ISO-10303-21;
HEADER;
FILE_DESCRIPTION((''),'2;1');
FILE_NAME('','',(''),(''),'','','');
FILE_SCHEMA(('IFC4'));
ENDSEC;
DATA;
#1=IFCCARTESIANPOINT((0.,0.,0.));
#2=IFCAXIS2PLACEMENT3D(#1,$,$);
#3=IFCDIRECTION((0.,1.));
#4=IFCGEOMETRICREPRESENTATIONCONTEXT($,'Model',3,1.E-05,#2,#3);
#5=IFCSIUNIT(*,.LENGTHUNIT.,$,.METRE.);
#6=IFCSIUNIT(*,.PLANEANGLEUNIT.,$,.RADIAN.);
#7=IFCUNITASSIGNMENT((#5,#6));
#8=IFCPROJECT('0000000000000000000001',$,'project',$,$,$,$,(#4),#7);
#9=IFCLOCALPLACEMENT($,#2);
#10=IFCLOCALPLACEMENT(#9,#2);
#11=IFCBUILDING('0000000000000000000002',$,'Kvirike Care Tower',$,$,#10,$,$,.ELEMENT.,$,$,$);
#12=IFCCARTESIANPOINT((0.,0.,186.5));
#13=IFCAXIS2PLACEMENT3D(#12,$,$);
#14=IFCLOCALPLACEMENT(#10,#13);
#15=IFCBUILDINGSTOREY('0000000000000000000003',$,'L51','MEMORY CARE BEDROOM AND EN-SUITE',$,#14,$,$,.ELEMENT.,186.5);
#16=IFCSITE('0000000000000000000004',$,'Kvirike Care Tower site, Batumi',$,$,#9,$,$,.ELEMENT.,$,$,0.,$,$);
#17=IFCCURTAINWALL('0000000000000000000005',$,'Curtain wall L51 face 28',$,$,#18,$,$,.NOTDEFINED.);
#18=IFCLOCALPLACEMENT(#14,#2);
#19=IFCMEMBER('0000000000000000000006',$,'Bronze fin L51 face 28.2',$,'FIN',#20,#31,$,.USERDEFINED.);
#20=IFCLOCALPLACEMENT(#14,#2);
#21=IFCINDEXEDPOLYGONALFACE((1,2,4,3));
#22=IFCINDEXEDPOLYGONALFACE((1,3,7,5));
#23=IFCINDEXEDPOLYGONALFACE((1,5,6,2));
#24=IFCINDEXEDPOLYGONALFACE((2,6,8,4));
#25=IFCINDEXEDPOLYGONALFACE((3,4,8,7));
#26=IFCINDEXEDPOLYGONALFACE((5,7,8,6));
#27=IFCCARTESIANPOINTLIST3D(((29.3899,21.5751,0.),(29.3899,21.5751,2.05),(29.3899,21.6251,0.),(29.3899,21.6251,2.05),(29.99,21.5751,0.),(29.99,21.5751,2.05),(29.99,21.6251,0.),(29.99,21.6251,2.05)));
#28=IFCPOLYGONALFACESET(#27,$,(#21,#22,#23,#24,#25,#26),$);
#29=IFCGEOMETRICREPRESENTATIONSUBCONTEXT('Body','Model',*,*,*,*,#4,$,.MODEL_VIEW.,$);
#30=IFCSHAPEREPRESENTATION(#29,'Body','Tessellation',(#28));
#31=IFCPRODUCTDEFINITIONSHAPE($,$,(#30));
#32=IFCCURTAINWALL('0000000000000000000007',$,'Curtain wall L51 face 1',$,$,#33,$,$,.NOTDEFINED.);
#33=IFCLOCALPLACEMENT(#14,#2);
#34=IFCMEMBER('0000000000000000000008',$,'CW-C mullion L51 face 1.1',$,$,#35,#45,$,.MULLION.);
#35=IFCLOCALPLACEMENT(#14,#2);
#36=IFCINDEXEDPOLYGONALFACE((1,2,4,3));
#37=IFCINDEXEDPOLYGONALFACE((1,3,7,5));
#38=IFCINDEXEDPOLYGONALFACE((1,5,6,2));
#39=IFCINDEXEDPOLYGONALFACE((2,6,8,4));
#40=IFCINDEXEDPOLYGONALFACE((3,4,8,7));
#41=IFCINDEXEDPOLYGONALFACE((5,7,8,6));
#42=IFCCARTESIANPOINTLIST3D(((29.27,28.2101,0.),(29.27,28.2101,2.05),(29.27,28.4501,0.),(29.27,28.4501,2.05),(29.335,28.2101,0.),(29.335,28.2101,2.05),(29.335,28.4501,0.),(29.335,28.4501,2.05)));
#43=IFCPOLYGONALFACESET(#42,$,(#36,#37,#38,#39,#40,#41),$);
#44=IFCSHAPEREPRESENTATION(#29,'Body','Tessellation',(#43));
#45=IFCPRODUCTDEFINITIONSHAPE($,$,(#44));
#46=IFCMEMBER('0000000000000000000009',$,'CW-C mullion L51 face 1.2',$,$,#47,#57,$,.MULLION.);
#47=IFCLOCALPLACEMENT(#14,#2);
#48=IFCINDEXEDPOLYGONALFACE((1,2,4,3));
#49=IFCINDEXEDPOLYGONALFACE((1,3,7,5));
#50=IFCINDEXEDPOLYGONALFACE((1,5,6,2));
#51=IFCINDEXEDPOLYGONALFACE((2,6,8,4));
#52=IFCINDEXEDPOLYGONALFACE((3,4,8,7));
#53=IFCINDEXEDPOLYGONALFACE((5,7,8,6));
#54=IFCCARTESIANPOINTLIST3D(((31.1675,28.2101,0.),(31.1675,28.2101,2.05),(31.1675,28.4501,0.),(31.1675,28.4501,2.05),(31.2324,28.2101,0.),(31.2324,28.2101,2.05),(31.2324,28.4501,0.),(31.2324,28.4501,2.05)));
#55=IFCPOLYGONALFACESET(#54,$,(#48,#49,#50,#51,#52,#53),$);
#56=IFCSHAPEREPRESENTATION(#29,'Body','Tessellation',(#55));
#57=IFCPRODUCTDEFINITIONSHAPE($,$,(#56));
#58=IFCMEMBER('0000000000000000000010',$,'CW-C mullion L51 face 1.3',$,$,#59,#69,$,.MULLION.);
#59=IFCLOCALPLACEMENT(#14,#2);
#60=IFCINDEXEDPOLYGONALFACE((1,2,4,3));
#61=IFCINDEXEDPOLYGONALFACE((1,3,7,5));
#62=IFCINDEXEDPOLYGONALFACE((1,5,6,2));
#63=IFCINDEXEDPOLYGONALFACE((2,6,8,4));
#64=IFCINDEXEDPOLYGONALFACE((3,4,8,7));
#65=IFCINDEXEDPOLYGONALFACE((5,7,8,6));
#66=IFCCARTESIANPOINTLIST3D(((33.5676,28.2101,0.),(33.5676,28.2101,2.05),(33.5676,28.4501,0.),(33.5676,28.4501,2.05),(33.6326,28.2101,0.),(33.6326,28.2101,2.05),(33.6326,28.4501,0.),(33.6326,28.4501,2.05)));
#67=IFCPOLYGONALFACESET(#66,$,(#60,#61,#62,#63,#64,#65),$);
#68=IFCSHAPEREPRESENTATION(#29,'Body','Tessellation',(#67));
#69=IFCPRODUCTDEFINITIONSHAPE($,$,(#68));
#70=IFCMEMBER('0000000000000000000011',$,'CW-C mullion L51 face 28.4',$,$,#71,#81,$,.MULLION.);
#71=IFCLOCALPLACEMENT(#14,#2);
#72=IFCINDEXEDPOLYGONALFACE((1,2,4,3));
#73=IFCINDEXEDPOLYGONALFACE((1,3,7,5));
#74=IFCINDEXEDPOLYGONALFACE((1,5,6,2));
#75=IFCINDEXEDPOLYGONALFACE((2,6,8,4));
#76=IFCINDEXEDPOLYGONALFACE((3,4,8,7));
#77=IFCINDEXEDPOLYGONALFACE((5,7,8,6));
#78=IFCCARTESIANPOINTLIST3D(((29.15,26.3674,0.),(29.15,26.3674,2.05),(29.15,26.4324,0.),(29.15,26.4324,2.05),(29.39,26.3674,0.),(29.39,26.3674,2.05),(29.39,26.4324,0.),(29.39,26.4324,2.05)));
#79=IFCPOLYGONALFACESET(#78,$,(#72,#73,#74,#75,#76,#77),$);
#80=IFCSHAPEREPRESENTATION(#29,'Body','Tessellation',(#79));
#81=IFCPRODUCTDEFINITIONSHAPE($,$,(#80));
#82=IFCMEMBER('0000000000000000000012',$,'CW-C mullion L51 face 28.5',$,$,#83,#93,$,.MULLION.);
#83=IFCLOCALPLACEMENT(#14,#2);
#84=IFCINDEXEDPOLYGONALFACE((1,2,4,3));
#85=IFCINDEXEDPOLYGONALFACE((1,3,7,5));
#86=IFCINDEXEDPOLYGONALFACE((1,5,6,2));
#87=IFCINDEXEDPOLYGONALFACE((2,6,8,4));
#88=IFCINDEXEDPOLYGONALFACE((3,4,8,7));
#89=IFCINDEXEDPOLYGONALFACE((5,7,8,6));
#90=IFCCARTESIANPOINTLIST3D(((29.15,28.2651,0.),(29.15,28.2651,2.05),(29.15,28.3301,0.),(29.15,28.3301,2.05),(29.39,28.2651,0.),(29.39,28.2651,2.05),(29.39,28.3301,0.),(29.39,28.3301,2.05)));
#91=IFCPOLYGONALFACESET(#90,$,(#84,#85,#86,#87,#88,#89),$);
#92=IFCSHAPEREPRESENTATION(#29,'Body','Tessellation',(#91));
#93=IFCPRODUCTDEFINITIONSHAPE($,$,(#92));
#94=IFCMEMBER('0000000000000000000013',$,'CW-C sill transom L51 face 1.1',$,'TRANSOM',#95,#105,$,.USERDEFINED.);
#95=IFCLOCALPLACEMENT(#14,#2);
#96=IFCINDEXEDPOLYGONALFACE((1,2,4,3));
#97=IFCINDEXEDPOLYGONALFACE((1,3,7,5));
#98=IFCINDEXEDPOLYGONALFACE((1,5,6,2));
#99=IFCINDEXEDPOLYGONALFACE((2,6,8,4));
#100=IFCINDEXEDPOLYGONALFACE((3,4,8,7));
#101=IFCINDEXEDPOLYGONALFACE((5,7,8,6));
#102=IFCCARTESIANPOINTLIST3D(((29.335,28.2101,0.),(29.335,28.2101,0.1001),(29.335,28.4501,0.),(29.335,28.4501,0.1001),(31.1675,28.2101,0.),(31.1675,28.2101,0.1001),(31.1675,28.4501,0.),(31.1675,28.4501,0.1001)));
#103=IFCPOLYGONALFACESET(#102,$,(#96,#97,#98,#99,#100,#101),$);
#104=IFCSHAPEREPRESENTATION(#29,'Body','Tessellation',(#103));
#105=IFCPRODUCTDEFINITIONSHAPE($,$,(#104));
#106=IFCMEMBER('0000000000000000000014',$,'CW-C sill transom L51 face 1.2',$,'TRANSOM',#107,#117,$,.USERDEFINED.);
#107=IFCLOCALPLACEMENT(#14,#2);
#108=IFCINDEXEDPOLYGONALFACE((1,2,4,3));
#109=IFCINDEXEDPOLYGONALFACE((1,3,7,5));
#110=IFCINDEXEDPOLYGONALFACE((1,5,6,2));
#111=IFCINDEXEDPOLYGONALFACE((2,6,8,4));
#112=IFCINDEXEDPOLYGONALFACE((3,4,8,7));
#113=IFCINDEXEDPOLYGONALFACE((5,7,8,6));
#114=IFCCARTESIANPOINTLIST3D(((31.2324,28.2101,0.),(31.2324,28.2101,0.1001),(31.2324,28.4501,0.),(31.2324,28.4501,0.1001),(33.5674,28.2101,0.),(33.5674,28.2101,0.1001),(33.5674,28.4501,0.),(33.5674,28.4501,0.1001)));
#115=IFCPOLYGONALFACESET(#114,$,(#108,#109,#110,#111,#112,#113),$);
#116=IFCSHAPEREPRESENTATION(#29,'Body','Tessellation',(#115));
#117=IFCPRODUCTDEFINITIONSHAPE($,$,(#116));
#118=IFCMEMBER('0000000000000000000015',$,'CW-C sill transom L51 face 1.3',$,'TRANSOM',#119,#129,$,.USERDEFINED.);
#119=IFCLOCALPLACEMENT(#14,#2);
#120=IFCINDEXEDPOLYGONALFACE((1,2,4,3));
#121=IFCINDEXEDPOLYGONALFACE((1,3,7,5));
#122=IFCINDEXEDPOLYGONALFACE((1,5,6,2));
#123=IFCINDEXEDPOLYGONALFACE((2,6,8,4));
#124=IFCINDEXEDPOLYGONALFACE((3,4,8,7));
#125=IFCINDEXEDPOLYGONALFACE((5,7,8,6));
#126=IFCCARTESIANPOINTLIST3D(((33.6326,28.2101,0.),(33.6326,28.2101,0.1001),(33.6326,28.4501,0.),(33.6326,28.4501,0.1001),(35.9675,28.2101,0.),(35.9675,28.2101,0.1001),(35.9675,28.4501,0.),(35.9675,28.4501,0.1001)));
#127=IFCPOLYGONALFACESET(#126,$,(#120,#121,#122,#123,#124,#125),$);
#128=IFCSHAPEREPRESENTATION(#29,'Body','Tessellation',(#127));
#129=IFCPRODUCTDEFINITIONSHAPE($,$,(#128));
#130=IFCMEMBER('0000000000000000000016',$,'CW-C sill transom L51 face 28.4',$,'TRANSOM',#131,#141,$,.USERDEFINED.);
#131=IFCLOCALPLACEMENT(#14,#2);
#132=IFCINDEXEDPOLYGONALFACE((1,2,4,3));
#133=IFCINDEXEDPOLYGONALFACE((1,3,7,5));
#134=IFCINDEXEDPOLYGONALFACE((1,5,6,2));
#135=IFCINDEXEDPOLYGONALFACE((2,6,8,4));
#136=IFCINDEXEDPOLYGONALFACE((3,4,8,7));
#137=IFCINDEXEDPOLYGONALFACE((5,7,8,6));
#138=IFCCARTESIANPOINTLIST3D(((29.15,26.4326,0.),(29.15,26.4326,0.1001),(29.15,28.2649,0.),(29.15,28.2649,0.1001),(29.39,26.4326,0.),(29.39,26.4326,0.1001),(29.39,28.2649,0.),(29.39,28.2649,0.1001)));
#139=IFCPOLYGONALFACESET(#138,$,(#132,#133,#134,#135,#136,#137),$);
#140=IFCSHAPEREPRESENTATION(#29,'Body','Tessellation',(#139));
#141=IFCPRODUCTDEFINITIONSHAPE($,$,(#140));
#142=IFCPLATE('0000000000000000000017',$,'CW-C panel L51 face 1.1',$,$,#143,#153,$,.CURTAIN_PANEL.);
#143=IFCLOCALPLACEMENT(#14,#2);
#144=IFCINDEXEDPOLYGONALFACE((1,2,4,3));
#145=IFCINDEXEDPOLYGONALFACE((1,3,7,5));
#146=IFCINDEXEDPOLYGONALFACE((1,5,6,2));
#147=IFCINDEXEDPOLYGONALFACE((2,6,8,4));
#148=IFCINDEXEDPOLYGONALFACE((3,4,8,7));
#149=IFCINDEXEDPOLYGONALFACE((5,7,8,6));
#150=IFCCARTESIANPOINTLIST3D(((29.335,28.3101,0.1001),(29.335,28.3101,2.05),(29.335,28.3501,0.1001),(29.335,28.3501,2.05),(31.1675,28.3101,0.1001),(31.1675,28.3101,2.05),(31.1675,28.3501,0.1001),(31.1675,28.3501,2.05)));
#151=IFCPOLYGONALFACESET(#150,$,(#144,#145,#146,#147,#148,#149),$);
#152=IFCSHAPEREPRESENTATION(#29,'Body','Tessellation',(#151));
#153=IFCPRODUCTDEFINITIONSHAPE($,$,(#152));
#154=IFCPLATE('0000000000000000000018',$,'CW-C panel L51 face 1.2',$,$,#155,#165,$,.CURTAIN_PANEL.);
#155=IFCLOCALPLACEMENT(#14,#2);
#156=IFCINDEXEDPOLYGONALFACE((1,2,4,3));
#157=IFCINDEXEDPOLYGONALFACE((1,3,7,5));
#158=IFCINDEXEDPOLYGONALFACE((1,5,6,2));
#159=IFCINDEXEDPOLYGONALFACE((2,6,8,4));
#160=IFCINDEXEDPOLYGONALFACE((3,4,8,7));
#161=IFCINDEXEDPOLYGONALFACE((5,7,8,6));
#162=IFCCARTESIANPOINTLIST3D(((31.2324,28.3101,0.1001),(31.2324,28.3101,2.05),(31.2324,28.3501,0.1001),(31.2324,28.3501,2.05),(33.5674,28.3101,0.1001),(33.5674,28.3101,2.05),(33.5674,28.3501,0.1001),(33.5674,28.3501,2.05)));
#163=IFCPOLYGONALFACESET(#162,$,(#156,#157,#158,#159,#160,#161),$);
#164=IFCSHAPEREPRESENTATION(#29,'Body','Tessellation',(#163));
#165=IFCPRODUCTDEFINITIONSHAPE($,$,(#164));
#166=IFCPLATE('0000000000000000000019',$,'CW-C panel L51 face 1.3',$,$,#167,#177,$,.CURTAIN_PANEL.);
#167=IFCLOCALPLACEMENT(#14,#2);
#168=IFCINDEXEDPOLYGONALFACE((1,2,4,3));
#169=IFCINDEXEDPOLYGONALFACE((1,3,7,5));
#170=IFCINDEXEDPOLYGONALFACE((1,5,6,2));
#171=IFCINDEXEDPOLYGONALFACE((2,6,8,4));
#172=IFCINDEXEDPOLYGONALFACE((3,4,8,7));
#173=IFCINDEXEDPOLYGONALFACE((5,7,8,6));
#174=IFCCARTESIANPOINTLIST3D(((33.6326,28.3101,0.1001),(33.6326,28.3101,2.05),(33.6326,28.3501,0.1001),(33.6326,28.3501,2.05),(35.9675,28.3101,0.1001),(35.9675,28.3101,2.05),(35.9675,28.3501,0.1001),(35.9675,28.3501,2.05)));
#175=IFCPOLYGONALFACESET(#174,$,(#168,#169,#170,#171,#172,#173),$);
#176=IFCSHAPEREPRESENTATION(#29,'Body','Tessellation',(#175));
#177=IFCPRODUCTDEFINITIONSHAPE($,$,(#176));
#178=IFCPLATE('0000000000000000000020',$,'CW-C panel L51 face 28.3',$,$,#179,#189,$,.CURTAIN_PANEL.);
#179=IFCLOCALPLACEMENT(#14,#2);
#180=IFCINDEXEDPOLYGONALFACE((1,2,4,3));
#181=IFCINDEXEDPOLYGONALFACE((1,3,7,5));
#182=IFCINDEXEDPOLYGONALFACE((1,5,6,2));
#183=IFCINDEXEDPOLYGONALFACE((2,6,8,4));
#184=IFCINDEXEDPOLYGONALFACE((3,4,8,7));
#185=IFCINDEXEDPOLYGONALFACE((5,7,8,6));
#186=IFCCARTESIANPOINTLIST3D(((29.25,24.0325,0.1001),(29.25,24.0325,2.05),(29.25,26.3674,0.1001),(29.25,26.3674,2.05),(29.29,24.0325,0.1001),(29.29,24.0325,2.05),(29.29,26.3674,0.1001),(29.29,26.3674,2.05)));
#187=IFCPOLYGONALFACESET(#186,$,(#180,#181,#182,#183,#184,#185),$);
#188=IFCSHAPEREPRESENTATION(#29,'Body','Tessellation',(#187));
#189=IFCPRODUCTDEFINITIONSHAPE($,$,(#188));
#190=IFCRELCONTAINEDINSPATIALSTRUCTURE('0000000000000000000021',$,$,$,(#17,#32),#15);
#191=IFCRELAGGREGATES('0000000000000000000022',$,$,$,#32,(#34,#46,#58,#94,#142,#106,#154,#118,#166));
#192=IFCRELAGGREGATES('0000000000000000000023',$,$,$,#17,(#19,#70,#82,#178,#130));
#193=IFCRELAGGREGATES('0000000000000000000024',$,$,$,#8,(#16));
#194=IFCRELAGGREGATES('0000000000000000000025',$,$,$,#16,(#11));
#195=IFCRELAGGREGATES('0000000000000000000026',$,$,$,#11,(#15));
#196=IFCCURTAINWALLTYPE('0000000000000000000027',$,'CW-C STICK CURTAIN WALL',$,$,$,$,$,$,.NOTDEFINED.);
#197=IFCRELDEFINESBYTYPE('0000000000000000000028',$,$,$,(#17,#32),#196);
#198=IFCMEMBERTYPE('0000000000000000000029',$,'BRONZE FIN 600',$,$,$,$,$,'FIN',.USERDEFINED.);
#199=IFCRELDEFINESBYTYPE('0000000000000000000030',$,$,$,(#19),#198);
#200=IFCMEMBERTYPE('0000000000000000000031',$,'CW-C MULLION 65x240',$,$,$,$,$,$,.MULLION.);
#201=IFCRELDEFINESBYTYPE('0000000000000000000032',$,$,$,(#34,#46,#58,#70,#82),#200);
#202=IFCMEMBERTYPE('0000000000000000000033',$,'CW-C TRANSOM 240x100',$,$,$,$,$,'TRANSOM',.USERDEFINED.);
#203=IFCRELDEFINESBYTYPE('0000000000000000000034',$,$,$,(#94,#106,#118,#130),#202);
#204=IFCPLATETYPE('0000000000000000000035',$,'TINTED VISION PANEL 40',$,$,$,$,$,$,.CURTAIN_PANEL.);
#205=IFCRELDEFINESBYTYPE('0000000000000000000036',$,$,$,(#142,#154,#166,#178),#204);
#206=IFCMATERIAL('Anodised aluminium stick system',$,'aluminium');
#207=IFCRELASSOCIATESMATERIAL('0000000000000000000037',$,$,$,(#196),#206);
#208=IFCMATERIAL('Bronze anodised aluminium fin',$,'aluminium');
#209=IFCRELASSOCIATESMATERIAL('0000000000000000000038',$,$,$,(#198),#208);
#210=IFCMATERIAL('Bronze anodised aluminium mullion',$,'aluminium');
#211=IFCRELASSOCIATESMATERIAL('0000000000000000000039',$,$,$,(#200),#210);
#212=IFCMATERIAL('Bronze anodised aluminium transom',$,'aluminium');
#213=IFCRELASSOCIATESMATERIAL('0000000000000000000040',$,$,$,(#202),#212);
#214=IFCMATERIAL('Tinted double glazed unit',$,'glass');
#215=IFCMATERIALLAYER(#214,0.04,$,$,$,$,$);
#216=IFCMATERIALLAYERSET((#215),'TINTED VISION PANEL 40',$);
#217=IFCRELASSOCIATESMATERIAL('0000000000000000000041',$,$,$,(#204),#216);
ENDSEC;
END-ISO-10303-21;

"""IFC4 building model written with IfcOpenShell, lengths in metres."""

from ifc_helpers import new_model, si_unit, direction, frame, origin, origin_2d, place, context, subcontext, project, spatial, rectangle, extrude, material, layer, layer_set, material_profile, profile_set, type_object, element, aggregate, save


model = new_model("IFC4")

# Units and contexts
model_context = context("Model", 3, precision=1e-05, world=origin(), true_north=direction((0.0, 1.0)))
body_context = subcontext(model_context, "Body", "Model", "MODEL_VIEW")
ifc_project = project(units=[si_unit("LENGTHUNIT", "METRE"), si_unit("PLANEANGLEUNIT", "RADIAN")], contexts=[model_context])

# Site, building, storey
site_placement = place(None, origin())
site = spatial("IfcSite", under=ifc_project, at=site_placement, Name="Kvirike Care Tower site, Batumi", CompositionType="ELEMENT", RefElevation=0.0)
building_placement = place(site_placement, origin())
building = spatial("IfcBuilding", under=site, at=building_placement, Name="Kvirike Care Tower", CompositionType="ELEMENT")
storey_placement = place(building_placement, frame((0.0, 0.0, 186.5)))
storey = spatial("IfcBuildingStorey", under=building, at=storey_placement, Name="L51", Description="MEMORY CARE BEDROOM AND EN-SUITE", CompositionType="ELEMENT", Elevation=186.5)

# Curtain wall, member
ifc_material_1 = material(Name="Anodised aluminium stick system", Category="aluminium")
curtain_wall_type = type_object("IfcCurtainWallType", Name="CW-C STICK CURTAIN WALL", PredefinedType="NOTDEFINED", material=ifc_material_1)
curtain_wall_1_placement = place(storey_placement, origin())
curtain_wall_1 = element("IfcCurtainWall", 1, at=curtain_wall_1_placement, inside=storey, type_object=curtain_wall_type, Name="Curtain wall L51 face 28", PredefinedType="NOTDEFINED")
ifc_material_2 = material(Name="Bronze anodised aluminium fin", Category="aluminium")
ifc_material_profile_1 = material_profile(ifc_material_2, rectangle(XDim=0.05, YDim=0.6001, at=origin_2d()), Name="BRONZE FIN 600")
ifc_profile_set_1 = profile_set([ifc_material_profile_1], Name="Bronze anodised aluminium fin")
member_type_1 = type_object("IfcMemberType", Name="BRONZE FIN 600", ElementType="FIN", PredefinedType="USERDEFINED", material=ifc_profile_set_1)
member_1_placement = place(storey_placement, frame((29.6899, 21.6001, 0.0), z_axis=(0.0, 0.0, 1.0), x_axis=(0.0, 1.0, 0.0)))
member_1 = element("IfcMember", 2, at=member_1_placement, type_object=member_type_1, Name="Bronze fin L51 face 28.2", ObjectType="FIN", PredefinedType="USERDEFINED", context=body_context, shape_type="SweptSolid", body=[
    extrude(rectangle(XDim=0.05, YDim=0.6001, at=origin_2d()), origin(), (0.0, 0.0, 1.0), 2.05),
])

# Curtain wall, members
curtain_wall_2_placement = place(storey_placement, origin())
curtain_wall_2 = element("IfcCurtainWall", 3, at=curtain_wall_2_placement, inside=storey, type_object=curtain_wall_type, Name="Curtain wall L51 face 1", PredefinedType="NOTDEFINED")
ifc_material_3 = material(Name="Bronze anodised aluminium mullion", Category="aluminium")
ifc_material_profile_2 = material_profile(ifc_material_3, rectangle(XDim=0.0649, YDim=0.24, at=origin_2d()), Name="CW-C MULLION 65x240")
ifc_profile_set_2 = profile_set([ifc_material_profile_2], Name="Bronze anodised aluminium mullion")
member_type_2 = type_object("IfcMemberType", Name="CW-C MULLION 65x240", PredefinedType="MULLION", material=ifc_profile_set_2)
member_2_placement = place(storey_placement, frame((29.3025, 28.3301, 0.0), z_axis=(0.0, 0.0, 1.0), x_axis=(1.0, 0.0, 0.0)))
member_2 = element("IfcMember", 4, at=member_2_placement, type_object=member_type_2, Name="CW-C mullion L51 face 1.1", PredefinedType="MULLION", context=body_context, shape_type="SweptSolid", body=[
    extrude(rectangle(XDim=0.0649, YDim=0.24, at=origin_2d()), origin(), (0.0, 0.0, 1.0), 2.05),
])
member_3_placement = place(storey_placement, frame((31.2, 28.3301, 0.0), z_axis=(0.0, 0.0, 1.0), x_axis=(1.0, 0.0, 0.0)))
member_3 = element("IfcMember", 5, at=member_3_placement, type_object=member_type_2, Name="CW-C mullion L51 face 1.2", PredefinedType="MULLION", context=body_context, shape_type="SweptSolid", body=[
    extrude(rectangle(XDim=0.0649, YDim=0.24, at=origin_2d()), origin(), (0.0, 0.0, 1.0), 2.05),
])
member_4_placement = place(storey_placement, frame((33.6001, 28.3301, 0.0), z_axis=(0.0, 0.0, 1.0), x_axis=(1.0, 0.0, 0.0)))
member_4 = element("IfcMember", 6, at=member_4_placement, type_object=member_type_2, Name="CW-C mullion L51 face 1.3", PredefinedType="MULLION", context=body_context, shape_type="SweptSolid", body=[
    extrude(rectangle(XDim=0.0649, YDim=0.24, at=origin_2d()), origin(), (0.0, 0.0, 1.0), 2.05),
])

# Members
member_5_placement = place(storey_placement, frame((29.27, 26.3999, 0.0), z_axis=(0.0, 0.0, 1.0), x_axis=(0.0, 1.0, 0.0)))
member_5 = element("IfcMember", 7, at=member_5_placement, type_object=member_type_2, Name="CW-C mullion L51 face 28.4", PredefinedType="MULLION", context=body_context, shape_type="SweptSolid", body=[
    extrude(rectangle(XDim=0.0649, YDim=0.24, at=origin_2d()), origin(), (0.0, 0.0, 1.0), 2.05),
])
member_6_placement = place(storey_placement, frame((29.27, 28.2976, 0.0), z_axis=(0.0, 0.0, 1.0), x_axis=(0.0, 1.0, 0.0)))
member_6 = element("IfcMember", 8, at=member_6_placement, type_object=member_type_2, Name="CW-C mullion L51 face 28.5", PredefinedType="MULLION", context=body_context, shape_type="SweptSolid", body=[
    extrude(rectangle(XDim=0.0649, YDim=0.24, at=origin_2d()), origin(), (0.0, 0.0, 1.0), 2.05),
])
ifc_material_4 = material(Name="Bronze anodised aluminium transom", Category="aluminium")
ifc_material_profile_3 = material_profile(ifc_material_4, rectangle(XDim=0.24, YDim=0.1001, at=origin_2d()), Name="CW-C TRANSOM 240x100")
ifc_profile_set_3 = profile_set([ifc_material_profile_3], Name="Bronze anodised aluminium transom")
member_type_3 = type_object("IfcMemberType", Name="CW-C TRANSOM 240x100", ElementType="TRANSOM", PredefinedType="USERDEFINED", material=ifc_profile_set_3)
member_7_placement = place(storey_placement, frame((29.335, 28.3301, 0.05), z_axis=(1.0, 0.0, 0.0), x_axis=(0.0, 1.0, 0.0)))
member_7 = element("IfcMember", 9, at=member_7_placement, type_object=member_type_3, Name="CW-C sill transom L51 face 1.1", ObjectType="TRANSOM", PredefinedType="USERDEFINED", context=body_context, shape_type="SweptSolid", body=[
    extrude(rectangle(XDim=0.24, YDim=0.1001, at=origin_2d()), origin(), (0.0, 0.0, 1.0), 1.8325),
])
member_8_placement = place(storey_placement, frame((31.2324, 28.3301, 0.05), z_axis=(1.0, 0.0, 0.0), x_axis=(0.0, 1.0, 0.0)))
member_8 = element("IfcMember", 10, at=member_8_placement, type_object=member_type_3, Name="CW-C sill transom L51 face 1.2", ObjectType="TRANSOM", PredefinedType="USERDEFINED", context=body_context, shape_type="SweptSolid", body=[
    extrude(rectangle(XDim=0.24, YDim=0.1001, at=origin_2d()), origin(), (0.0, 0.0, 1.0), 2.335),
])
member_9_placement = place(storey_placement, frame((33.6326, 28.3301, 0.05), z_axis=(1.0, 0.0, 0.0), x_axis=(0.0, 1.0, 0.0)))
member_9 = element("IfcMember", 11, at=member_9_placement, type_object=member_type_3, Name="CW-C sill transom L51 face 1.3", ObjectType="TRANSOM", PredefinedType="USERDEFINED", context=body_context, shape_type="SweptSolid", body=[
    extrude(rectangle(XDim=0.24, YDim=0.1001, at=origin_2d()), origin(), (0.0, 0.0, 1.0), 2.335),
])
member_10_placement = place(storey_placement, frame((29.27, 26.4326, 0.05), z_axis=(0.0, 1.0, 0.0), x_axis=(-1.0, 0.0, 0.0)))
member_10 = element("IfcMember", 12, at=member_10_placement, type_object=member_type_3, Name="CW-C sill transom L51 face 28.4", ObjectType="TRANSOM", PredefinedType="USERDEFINED", context=body_context, shape_type="SweptSolid", body=[
    extrude(rectangle(XDim=0.24, YDim=0.1001, at=origin_2d()), origin(), (0.0, 0.0, 1.0), 1.8323),
])

# Plates
ifc_material_5 = material(Name="Tinted double glazed unit", Category="glass")
ifc_layer_1 = layer(ifc_material_5, 0.04)
ifc_layer_set_1 = layer_set([ifc_layer_1], Name="TINTED VISION PANEL 40")
plate_type = type_object("IfcPlateType", Name="TINTED VISION PANEL 40", PredefinedType="CURTAIN_PANEL", material=ifc_layer_set_1)
plate_1_placement = place(storey_placement, frame((30.2512, 28.3301, 0.1001), z_axis=(0.0, 0.0, 1.0), x_axis=(1.0, 0.0, 0.0)))
plate_1 = element("IfcPlate", 13, at=plate_1_placement, type_object=plate_type, Name="CW-C panel L51 face 1.1", PredefinedType="CURTAIN_PANEL", context=body_context, shape_type="SweptSolid", body=[
    extrude(rectangle(XDim=1.8325, YDim=0.04, at=origin_2d()), origin(), (0.0, 0.0, 1.0), 1.95),
])
plate_2_placement = place(storey_placement, frame((32.3999, 28.3301, 0.1001), z_axis=(0.0, 0.0, 1.0), x_axis=(1.0, 0.0, 0.0)))
plate_2 = element("IfcPlate", 14, at=plate_2_placement, type_object=plate_type, Name="CW-C panel L51 face 1.2", PredefinedType="CURTAIN_PANEL", context=body_context, shape_type="SweptSolid", body=[
    extrude(rectangle(XDim=2.335, YDim=0.04, at=origin_2d()), origin(), (0.0, 0.0, 1.0), 1.95),
])
plate_3_placement = place(storey_placement, frame((34.8, 28.3301, 0.1001), z_axis=(0.0, 0.0, 1.0), x_axis=(1.0, 0.0, 0.0)))
plate_3 = element("IfcPlate", 15, at=plate_3_placement, type_object=plate_type, Name="CW-C panel L51 face 1.3", PredefinedType="CURTAIN_PANEL", context=body_context, shape_type="SweptSolid", body=[
    extrude(rectangle(XDim=2.335, YDim=0.04, at=origin_2d()), origin(), (0.0, 0.0, 1.0), 1.95),
])
aggregate(curtain_wall_2, [member_2, member_3, member_4, member_7, plate_1, member_8, plate_2, member_9, plate_3])
plate_4_placement = place(storey_placement, frame((29.27, 25.2, 0.1001), z_axis=(0.0, 0.0, 1.0), x_axis=(0.0, 1.0, 0.0)))
plate_4 = element("IfcPlate", 16, at=plate_4_placement, type_object=plate_type, Name="CW-C panel L51 face 28.3", PredefinedType="CURTAIN_PANEL", context=body_context, shape_type="SweptSolid", body=[
    extrude(rectangle(XDim=2.335, YDim=0.04, at=origin_2d()), origin(), (0.0, 0.0, 1.0), 1.95),
])
aggregate(curtain_wall_1, [member_1, member_5, member_6, plate_4, member_10])

save(model, "model.ifc")
